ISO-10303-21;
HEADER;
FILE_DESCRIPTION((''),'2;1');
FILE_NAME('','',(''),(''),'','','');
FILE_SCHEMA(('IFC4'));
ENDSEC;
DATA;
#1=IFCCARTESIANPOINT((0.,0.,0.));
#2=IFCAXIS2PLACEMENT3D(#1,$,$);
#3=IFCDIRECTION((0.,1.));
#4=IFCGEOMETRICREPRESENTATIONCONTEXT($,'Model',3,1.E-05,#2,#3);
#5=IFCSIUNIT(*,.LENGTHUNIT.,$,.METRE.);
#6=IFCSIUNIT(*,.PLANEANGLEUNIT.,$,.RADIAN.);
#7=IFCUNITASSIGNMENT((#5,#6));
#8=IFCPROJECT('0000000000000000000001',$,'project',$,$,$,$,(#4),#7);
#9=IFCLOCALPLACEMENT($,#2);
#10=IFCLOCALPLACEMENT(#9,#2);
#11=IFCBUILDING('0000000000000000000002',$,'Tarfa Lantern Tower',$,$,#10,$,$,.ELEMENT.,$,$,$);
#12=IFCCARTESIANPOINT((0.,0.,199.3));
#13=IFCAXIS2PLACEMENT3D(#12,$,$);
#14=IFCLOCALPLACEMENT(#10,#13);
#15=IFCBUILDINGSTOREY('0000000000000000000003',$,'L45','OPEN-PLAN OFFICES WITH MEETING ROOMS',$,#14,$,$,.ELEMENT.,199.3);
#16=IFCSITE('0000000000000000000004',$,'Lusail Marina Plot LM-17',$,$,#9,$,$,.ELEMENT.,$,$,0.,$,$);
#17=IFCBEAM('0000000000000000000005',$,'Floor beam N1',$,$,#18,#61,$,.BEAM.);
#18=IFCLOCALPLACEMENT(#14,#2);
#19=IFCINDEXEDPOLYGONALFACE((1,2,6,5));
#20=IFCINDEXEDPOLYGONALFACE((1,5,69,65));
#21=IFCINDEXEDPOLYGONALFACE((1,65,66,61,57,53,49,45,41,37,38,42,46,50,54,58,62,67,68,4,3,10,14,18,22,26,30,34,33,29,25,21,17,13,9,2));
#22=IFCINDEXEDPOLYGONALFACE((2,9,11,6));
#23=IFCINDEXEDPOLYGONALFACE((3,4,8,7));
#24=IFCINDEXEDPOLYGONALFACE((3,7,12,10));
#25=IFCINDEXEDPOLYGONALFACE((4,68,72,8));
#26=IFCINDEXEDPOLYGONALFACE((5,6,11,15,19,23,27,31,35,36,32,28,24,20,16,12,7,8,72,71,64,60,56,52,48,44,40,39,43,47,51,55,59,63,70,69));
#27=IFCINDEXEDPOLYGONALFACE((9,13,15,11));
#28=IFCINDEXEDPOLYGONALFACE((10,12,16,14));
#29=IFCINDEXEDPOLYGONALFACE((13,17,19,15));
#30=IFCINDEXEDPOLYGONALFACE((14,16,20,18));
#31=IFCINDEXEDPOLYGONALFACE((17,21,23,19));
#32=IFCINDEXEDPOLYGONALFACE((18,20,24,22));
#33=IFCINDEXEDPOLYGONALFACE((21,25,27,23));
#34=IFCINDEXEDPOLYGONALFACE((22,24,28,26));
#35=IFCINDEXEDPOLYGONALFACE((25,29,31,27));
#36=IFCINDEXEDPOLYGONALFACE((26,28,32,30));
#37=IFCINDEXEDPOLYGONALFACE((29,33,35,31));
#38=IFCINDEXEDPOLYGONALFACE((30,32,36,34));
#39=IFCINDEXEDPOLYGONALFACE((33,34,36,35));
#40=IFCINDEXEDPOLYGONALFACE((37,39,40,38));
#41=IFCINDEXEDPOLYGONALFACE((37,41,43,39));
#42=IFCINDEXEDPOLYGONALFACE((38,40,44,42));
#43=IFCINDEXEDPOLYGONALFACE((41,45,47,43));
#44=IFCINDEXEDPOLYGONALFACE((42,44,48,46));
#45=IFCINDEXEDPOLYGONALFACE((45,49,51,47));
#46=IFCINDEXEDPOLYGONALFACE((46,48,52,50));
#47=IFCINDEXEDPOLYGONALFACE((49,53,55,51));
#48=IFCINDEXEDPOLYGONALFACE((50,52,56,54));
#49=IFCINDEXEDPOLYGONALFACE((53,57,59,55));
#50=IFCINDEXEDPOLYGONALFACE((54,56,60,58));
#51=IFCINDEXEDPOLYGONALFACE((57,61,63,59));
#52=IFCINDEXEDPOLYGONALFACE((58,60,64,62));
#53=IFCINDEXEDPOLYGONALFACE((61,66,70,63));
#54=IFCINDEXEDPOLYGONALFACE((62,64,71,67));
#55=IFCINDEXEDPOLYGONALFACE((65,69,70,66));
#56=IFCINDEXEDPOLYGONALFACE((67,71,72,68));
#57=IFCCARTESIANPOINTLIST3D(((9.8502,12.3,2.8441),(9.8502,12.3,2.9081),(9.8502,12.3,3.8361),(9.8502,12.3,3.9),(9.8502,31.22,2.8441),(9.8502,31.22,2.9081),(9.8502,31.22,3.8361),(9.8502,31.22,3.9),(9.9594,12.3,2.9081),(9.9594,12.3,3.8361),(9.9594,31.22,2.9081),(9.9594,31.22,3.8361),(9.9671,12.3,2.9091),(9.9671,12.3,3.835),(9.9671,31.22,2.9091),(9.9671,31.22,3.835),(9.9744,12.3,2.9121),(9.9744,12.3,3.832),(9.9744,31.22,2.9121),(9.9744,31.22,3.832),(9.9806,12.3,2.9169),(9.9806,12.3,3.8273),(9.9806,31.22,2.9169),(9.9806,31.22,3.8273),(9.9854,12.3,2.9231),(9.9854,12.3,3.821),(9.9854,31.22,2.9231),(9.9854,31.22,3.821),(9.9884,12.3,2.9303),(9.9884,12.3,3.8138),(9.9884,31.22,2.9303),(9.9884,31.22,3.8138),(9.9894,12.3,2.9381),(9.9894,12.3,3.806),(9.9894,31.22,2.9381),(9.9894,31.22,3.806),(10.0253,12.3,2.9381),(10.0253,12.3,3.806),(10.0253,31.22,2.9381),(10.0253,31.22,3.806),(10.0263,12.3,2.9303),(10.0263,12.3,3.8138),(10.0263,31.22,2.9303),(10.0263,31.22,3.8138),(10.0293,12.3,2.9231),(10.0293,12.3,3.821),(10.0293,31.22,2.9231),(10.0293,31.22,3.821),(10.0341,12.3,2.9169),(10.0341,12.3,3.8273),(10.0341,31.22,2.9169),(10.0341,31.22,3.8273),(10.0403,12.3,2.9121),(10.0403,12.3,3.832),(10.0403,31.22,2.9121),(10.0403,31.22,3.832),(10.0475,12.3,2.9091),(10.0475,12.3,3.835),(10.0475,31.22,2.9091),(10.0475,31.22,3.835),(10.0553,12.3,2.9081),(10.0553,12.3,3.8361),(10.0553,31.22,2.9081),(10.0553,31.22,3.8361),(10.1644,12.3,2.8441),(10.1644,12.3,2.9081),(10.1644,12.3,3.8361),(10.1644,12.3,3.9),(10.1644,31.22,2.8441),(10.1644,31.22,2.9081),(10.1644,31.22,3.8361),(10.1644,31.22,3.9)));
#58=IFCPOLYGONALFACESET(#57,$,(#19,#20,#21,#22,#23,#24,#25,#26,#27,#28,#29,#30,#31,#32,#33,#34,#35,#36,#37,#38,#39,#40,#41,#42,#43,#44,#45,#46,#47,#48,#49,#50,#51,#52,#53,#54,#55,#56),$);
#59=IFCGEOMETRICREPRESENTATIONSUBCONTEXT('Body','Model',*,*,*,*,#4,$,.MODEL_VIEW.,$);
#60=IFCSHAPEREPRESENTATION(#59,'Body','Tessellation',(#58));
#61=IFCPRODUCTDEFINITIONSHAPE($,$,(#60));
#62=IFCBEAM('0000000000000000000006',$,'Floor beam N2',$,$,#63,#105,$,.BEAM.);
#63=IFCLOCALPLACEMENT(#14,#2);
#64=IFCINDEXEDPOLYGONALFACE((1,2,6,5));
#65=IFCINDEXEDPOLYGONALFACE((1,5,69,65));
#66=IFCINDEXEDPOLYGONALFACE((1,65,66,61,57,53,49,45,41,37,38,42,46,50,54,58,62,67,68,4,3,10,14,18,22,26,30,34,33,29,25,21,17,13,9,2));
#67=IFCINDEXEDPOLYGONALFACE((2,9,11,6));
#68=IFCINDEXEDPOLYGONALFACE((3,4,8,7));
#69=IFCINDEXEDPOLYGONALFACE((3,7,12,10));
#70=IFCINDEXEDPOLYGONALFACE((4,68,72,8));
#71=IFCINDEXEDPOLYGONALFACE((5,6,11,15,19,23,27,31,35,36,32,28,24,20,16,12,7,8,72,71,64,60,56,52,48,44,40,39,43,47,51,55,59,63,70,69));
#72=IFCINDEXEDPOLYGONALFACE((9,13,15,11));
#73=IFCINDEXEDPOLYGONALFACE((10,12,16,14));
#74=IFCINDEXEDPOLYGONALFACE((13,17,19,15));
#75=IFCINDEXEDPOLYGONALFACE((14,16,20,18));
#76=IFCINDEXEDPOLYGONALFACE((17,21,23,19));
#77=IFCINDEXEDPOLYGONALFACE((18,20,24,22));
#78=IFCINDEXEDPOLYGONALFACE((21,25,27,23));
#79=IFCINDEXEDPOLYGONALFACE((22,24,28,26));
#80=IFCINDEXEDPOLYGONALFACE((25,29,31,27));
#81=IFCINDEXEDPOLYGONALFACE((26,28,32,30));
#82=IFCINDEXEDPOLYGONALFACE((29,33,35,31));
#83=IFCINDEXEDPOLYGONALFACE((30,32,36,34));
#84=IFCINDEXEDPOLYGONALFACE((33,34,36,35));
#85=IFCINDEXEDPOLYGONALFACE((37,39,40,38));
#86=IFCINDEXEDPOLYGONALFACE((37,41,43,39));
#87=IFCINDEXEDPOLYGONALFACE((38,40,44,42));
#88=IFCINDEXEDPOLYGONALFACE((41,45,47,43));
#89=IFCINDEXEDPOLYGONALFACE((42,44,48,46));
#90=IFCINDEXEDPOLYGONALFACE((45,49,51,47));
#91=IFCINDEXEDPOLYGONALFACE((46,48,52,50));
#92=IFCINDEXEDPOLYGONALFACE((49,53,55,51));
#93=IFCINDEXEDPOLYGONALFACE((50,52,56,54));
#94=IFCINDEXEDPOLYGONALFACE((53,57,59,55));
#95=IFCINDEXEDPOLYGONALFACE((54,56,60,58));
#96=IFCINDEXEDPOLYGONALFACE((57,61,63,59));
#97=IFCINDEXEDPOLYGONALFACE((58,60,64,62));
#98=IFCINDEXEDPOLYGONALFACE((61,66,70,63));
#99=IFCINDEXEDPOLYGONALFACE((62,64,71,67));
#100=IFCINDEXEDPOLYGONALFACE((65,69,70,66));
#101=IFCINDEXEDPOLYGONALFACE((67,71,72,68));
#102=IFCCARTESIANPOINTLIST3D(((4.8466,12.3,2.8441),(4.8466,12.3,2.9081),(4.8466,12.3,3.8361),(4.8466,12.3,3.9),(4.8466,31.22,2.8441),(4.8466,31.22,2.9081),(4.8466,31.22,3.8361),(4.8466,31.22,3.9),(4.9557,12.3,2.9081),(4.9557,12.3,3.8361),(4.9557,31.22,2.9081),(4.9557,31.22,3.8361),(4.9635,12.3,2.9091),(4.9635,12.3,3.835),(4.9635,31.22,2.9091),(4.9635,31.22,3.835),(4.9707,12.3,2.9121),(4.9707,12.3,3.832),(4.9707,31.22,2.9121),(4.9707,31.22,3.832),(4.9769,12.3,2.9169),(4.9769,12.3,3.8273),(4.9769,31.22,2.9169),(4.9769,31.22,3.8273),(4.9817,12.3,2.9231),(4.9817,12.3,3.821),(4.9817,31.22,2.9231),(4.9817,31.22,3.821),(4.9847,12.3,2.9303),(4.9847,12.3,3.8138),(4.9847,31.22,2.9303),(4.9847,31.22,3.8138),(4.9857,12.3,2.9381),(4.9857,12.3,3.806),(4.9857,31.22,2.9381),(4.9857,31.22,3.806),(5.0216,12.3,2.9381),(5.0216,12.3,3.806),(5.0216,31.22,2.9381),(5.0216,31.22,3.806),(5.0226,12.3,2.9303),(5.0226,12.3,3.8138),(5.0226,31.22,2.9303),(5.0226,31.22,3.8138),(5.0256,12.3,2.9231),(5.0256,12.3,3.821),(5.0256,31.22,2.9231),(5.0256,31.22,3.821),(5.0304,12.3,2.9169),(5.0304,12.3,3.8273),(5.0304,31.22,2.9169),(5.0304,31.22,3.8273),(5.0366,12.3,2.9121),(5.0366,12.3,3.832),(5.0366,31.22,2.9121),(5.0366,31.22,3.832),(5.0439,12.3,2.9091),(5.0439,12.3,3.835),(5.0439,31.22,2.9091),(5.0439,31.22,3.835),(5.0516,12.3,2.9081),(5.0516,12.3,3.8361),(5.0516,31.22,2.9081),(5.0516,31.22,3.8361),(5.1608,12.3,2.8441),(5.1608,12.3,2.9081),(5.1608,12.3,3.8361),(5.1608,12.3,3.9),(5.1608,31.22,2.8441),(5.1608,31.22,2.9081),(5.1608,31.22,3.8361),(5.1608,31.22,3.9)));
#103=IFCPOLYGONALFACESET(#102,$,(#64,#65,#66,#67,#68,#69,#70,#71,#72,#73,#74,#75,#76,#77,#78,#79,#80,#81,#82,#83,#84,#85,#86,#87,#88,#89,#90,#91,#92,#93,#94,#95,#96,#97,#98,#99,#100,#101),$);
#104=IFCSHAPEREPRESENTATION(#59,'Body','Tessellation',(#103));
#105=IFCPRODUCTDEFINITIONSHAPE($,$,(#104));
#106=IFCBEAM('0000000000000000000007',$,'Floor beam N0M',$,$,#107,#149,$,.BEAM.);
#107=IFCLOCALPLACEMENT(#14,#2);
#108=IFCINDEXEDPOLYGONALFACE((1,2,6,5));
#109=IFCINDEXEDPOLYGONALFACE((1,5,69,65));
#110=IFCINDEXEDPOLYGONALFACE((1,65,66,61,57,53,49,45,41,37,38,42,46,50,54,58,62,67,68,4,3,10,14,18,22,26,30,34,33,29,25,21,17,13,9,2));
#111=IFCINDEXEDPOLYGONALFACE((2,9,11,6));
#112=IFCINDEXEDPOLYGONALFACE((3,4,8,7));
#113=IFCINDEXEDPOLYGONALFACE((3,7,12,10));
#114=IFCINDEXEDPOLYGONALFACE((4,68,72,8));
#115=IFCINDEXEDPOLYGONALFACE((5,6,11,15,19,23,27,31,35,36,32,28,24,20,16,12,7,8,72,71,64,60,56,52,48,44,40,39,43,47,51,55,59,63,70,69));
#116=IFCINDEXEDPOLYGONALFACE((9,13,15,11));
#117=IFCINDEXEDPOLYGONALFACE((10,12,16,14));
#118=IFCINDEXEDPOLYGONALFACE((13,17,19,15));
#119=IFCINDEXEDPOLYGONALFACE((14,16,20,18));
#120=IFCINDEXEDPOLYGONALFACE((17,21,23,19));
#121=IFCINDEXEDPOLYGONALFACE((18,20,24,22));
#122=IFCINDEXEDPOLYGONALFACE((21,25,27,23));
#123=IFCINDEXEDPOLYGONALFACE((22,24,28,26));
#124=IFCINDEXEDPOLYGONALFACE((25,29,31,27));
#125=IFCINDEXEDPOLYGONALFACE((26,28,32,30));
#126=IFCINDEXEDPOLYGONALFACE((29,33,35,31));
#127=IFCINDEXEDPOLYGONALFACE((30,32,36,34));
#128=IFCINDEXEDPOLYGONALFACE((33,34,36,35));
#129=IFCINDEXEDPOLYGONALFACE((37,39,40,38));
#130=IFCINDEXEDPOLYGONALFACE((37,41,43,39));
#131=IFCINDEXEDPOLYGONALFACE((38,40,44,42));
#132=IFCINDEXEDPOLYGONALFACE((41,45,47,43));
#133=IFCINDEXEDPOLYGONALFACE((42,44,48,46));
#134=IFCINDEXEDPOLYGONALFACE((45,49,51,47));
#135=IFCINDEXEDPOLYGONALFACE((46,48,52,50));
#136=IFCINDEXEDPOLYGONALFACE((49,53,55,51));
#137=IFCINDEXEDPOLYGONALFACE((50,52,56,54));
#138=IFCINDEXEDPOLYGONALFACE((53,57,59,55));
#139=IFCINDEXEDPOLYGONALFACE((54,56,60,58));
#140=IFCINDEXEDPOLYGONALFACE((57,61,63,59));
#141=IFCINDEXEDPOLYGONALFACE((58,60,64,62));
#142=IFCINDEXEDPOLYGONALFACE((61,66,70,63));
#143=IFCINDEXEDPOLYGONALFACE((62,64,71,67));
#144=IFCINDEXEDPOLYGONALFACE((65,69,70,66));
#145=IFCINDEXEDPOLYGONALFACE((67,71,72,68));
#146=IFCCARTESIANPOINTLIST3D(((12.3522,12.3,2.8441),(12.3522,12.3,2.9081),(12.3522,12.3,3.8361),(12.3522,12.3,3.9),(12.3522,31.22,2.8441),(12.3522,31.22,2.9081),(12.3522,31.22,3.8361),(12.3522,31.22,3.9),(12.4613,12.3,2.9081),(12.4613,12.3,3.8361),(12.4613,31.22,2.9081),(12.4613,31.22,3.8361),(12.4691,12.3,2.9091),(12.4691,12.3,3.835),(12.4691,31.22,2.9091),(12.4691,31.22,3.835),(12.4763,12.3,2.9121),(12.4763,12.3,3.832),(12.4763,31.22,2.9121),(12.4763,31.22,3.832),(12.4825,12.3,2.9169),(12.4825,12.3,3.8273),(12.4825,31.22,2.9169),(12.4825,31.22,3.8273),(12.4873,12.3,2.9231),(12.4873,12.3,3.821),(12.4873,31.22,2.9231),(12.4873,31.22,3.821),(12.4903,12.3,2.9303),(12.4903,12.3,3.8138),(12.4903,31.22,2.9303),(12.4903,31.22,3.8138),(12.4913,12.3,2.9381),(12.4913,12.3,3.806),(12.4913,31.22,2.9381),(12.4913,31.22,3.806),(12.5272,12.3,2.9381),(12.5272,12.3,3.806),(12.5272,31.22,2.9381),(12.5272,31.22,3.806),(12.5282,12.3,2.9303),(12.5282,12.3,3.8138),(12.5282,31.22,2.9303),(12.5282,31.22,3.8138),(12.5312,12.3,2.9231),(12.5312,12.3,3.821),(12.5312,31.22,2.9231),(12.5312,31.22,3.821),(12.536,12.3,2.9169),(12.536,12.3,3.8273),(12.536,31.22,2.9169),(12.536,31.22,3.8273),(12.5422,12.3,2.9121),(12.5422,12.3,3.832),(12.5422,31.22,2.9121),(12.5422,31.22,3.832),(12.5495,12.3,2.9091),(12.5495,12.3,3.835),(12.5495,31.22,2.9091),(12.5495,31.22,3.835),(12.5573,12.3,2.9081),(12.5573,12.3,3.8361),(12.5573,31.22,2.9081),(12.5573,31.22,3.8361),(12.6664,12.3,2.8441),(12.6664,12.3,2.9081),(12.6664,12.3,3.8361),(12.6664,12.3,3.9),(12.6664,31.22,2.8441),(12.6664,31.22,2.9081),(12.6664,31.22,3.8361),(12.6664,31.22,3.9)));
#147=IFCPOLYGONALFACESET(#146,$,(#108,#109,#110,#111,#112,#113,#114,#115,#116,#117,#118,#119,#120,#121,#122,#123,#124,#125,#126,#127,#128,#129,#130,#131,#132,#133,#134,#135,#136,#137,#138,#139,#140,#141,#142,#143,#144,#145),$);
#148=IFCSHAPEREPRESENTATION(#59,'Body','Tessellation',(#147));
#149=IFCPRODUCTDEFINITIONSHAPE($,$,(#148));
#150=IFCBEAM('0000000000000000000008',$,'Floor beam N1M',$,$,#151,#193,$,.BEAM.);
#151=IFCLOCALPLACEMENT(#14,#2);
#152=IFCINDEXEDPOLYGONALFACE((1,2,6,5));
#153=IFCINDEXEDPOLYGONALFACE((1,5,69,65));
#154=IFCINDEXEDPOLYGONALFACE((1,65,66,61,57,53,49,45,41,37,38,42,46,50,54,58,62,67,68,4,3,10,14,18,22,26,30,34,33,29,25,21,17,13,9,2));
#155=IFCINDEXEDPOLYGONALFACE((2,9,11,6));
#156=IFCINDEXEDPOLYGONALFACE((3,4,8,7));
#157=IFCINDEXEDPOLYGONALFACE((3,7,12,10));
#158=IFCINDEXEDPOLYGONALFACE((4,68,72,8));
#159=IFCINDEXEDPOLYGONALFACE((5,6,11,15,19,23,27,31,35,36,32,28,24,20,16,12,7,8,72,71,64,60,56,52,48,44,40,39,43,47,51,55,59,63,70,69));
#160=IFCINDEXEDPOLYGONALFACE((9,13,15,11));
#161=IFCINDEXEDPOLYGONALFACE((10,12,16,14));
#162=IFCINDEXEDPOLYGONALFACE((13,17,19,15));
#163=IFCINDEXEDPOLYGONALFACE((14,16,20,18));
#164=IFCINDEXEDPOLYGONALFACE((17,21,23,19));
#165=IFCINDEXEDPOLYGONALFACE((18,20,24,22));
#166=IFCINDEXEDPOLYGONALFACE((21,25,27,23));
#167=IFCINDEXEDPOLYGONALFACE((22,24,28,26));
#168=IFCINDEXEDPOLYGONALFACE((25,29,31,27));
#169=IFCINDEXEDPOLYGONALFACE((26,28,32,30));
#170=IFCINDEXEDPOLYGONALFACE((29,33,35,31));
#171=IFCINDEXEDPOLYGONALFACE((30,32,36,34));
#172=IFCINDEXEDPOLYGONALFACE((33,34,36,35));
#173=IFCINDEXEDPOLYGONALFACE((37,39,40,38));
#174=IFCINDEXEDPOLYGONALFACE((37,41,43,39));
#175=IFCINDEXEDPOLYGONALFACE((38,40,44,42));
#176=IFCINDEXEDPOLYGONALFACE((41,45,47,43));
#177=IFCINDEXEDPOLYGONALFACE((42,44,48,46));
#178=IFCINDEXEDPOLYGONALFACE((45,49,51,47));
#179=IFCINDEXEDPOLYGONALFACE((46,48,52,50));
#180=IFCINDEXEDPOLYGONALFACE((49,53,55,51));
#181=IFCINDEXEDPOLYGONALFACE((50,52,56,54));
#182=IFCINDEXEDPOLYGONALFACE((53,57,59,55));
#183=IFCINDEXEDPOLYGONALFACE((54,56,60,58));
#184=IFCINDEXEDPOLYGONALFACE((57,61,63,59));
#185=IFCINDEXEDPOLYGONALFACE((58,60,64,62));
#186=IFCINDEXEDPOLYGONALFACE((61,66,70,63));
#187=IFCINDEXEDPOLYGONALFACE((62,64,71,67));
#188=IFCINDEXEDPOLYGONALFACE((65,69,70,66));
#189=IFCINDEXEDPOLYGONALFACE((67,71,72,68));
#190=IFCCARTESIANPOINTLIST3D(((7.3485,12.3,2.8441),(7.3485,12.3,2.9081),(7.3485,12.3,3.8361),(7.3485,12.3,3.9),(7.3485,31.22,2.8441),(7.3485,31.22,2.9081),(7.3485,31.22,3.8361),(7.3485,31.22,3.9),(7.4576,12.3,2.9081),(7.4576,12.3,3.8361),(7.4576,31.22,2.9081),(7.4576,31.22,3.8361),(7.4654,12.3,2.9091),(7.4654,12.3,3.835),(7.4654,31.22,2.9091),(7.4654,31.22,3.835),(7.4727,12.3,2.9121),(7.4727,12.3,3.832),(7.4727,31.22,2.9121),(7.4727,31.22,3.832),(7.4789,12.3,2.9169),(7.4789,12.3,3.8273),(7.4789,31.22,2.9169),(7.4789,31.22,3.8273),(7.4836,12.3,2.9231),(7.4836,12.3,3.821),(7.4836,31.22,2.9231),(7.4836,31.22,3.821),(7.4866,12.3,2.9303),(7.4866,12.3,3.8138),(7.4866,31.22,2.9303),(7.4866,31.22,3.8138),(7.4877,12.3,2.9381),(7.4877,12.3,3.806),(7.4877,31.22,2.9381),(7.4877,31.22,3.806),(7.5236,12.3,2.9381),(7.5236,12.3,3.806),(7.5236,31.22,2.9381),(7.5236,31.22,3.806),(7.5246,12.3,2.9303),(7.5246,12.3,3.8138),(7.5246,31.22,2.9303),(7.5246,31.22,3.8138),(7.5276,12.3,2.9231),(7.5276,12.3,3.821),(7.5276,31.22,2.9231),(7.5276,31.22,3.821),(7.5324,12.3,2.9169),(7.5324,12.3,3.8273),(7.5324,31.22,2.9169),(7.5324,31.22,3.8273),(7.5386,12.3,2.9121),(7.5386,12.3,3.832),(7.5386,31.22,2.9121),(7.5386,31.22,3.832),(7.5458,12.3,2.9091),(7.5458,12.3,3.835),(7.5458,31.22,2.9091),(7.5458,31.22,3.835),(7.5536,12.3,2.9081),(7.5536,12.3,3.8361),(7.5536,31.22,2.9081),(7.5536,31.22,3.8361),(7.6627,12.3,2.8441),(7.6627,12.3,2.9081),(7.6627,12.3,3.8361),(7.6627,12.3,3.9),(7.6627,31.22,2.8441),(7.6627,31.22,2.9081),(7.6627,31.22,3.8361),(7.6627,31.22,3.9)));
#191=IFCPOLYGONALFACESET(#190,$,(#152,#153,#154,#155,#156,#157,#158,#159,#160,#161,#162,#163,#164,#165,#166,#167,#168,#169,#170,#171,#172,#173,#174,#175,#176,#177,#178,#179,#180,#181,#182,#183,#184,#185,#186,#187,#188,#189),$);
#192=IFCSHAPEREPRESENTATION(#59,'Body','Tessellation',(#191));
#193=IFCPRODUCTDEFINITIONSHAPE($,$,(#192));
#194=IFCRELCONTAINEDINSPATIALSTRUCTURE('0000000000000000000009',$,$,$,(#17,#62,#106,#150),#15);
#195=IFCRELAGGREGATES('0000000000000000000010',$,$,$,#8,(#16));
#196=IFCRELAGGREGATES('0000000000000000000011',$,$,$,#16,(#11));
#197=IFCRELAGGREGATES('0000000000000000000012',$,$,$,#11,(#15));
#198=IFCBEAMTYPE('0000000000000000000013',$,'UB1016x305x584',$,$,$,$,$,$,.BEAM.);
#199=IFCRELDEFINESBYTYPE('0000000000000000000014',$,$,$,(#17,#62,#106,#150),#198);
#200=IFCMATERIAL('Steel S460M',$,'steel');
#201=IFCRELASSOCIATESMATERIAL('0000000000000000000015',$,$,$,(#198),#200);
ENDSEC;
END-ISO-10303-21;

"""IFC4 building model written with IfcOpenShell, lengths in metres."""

from ifc_helpers import new_model, si_unit, direction, frame, origin, origin_2d, place, context, subcontext, project, spatial, i_section, extrude, material, material_profile, profile_set, type_object, element, save


model = new_model("IFC4")

# Units and contexts
model_context = context("Model", 3, precision=1e-05, world=origin(), true_north=direction((0.0, 1.0)))
body_context = subcontext(model_context, "Body", "Model", "MODEL_VIEW")
ifc_project = project(units=[si_unit("LENGTHUNIT", "METRE"), si_unit("PLANEANGLEUNIT", "RADIAN")], contexts=[model_context])

# Site, building, storey
site_placement = place(None, origin())
site = spatial("IfcSite", under=ifc_project, at=site_placement, Name="Lusail Marina Plot LM-17", CompositionType="ELEMENT", RefElevation=0.0)
building_placement = place(site_placement, origin())
building = spatial("IfcBuilding", under=site, at=building_placement, Name="Tarfa Lantern Tower", CompositionType="ELEMENT")
storey_placement = place(building_placement, frame((0.0, 0.0, 199.3)))
storey = spatial("IfcBuildingStorey", under=building, at=storey_placement, Name="L45", Description="OPEN-PLAN OFFICES WITH MEETING ROOMS", CompositionType="ELEMENT", Elevation=199.3)

# Beams
ifc_material_1 = material(Name="Steel S460M", Category="steel")
ifc_material_profile_1 = material_profile(ifc_material_1, i_section(OverallWidth=0.3142, OverallDepth=1.0559, WebThickness=0.0359, FlangeThickness=0.064, FilletRadius=0.03, at=origin_2d()), Name="UB1016x305x584")
ifc_profile_set_1 = profile_set([ifc_material_profile_1], Name="Steel S460M")
beam_type_1 = type_object("IfcBeamType", Name="UB1016x305x584", PredefinedType="BEAM", material=ifc_profile_set_1)
for number, where, z_axis, x_axis, name in (
    (1, (10.0073, 31.22, 3.3721), (0.0, -1.0, 0.0), (1.0, 0.0, 0.0), "Floor beam N1"),
    (2, (5.0037, 31.22, 3.3721), (0.0, -1.0, 0.0), (1.0, 0.0, 0.0), "Floor beam N2"),
    (3, (12.5093, 31.22, 3.3721), (0.0, -1.0, 0.0), (1.0, 0.0, 0.0), "Floor beam N0M"),
    (4, (7.5056, 31.22, 3.3721), (0.0, -1.0, 0.0), (1.0, 0.0, 0.0), "Floor beam N1M"),
):
    element("IfcBeam", number, at=place(storey_placement, frame(where, z_axis=z_axis, x_axis=x_axis)), inside=storey, type_object=beam_type_1, Name=name, PredefinedType="BEAM", context=body_context, shape_type="SweptSolid", body=[
        extrude(i_section(OverallWidth=0.3142, OverallDepth=1.0559, WebThickness=0.0359, FlangeThickness=0.064, FilletRadius=0.03, at=origin_2d()), origin(), (0.0, 0.0, 1.0), 18.9199),
    ])

save(model, "model.ifc")
